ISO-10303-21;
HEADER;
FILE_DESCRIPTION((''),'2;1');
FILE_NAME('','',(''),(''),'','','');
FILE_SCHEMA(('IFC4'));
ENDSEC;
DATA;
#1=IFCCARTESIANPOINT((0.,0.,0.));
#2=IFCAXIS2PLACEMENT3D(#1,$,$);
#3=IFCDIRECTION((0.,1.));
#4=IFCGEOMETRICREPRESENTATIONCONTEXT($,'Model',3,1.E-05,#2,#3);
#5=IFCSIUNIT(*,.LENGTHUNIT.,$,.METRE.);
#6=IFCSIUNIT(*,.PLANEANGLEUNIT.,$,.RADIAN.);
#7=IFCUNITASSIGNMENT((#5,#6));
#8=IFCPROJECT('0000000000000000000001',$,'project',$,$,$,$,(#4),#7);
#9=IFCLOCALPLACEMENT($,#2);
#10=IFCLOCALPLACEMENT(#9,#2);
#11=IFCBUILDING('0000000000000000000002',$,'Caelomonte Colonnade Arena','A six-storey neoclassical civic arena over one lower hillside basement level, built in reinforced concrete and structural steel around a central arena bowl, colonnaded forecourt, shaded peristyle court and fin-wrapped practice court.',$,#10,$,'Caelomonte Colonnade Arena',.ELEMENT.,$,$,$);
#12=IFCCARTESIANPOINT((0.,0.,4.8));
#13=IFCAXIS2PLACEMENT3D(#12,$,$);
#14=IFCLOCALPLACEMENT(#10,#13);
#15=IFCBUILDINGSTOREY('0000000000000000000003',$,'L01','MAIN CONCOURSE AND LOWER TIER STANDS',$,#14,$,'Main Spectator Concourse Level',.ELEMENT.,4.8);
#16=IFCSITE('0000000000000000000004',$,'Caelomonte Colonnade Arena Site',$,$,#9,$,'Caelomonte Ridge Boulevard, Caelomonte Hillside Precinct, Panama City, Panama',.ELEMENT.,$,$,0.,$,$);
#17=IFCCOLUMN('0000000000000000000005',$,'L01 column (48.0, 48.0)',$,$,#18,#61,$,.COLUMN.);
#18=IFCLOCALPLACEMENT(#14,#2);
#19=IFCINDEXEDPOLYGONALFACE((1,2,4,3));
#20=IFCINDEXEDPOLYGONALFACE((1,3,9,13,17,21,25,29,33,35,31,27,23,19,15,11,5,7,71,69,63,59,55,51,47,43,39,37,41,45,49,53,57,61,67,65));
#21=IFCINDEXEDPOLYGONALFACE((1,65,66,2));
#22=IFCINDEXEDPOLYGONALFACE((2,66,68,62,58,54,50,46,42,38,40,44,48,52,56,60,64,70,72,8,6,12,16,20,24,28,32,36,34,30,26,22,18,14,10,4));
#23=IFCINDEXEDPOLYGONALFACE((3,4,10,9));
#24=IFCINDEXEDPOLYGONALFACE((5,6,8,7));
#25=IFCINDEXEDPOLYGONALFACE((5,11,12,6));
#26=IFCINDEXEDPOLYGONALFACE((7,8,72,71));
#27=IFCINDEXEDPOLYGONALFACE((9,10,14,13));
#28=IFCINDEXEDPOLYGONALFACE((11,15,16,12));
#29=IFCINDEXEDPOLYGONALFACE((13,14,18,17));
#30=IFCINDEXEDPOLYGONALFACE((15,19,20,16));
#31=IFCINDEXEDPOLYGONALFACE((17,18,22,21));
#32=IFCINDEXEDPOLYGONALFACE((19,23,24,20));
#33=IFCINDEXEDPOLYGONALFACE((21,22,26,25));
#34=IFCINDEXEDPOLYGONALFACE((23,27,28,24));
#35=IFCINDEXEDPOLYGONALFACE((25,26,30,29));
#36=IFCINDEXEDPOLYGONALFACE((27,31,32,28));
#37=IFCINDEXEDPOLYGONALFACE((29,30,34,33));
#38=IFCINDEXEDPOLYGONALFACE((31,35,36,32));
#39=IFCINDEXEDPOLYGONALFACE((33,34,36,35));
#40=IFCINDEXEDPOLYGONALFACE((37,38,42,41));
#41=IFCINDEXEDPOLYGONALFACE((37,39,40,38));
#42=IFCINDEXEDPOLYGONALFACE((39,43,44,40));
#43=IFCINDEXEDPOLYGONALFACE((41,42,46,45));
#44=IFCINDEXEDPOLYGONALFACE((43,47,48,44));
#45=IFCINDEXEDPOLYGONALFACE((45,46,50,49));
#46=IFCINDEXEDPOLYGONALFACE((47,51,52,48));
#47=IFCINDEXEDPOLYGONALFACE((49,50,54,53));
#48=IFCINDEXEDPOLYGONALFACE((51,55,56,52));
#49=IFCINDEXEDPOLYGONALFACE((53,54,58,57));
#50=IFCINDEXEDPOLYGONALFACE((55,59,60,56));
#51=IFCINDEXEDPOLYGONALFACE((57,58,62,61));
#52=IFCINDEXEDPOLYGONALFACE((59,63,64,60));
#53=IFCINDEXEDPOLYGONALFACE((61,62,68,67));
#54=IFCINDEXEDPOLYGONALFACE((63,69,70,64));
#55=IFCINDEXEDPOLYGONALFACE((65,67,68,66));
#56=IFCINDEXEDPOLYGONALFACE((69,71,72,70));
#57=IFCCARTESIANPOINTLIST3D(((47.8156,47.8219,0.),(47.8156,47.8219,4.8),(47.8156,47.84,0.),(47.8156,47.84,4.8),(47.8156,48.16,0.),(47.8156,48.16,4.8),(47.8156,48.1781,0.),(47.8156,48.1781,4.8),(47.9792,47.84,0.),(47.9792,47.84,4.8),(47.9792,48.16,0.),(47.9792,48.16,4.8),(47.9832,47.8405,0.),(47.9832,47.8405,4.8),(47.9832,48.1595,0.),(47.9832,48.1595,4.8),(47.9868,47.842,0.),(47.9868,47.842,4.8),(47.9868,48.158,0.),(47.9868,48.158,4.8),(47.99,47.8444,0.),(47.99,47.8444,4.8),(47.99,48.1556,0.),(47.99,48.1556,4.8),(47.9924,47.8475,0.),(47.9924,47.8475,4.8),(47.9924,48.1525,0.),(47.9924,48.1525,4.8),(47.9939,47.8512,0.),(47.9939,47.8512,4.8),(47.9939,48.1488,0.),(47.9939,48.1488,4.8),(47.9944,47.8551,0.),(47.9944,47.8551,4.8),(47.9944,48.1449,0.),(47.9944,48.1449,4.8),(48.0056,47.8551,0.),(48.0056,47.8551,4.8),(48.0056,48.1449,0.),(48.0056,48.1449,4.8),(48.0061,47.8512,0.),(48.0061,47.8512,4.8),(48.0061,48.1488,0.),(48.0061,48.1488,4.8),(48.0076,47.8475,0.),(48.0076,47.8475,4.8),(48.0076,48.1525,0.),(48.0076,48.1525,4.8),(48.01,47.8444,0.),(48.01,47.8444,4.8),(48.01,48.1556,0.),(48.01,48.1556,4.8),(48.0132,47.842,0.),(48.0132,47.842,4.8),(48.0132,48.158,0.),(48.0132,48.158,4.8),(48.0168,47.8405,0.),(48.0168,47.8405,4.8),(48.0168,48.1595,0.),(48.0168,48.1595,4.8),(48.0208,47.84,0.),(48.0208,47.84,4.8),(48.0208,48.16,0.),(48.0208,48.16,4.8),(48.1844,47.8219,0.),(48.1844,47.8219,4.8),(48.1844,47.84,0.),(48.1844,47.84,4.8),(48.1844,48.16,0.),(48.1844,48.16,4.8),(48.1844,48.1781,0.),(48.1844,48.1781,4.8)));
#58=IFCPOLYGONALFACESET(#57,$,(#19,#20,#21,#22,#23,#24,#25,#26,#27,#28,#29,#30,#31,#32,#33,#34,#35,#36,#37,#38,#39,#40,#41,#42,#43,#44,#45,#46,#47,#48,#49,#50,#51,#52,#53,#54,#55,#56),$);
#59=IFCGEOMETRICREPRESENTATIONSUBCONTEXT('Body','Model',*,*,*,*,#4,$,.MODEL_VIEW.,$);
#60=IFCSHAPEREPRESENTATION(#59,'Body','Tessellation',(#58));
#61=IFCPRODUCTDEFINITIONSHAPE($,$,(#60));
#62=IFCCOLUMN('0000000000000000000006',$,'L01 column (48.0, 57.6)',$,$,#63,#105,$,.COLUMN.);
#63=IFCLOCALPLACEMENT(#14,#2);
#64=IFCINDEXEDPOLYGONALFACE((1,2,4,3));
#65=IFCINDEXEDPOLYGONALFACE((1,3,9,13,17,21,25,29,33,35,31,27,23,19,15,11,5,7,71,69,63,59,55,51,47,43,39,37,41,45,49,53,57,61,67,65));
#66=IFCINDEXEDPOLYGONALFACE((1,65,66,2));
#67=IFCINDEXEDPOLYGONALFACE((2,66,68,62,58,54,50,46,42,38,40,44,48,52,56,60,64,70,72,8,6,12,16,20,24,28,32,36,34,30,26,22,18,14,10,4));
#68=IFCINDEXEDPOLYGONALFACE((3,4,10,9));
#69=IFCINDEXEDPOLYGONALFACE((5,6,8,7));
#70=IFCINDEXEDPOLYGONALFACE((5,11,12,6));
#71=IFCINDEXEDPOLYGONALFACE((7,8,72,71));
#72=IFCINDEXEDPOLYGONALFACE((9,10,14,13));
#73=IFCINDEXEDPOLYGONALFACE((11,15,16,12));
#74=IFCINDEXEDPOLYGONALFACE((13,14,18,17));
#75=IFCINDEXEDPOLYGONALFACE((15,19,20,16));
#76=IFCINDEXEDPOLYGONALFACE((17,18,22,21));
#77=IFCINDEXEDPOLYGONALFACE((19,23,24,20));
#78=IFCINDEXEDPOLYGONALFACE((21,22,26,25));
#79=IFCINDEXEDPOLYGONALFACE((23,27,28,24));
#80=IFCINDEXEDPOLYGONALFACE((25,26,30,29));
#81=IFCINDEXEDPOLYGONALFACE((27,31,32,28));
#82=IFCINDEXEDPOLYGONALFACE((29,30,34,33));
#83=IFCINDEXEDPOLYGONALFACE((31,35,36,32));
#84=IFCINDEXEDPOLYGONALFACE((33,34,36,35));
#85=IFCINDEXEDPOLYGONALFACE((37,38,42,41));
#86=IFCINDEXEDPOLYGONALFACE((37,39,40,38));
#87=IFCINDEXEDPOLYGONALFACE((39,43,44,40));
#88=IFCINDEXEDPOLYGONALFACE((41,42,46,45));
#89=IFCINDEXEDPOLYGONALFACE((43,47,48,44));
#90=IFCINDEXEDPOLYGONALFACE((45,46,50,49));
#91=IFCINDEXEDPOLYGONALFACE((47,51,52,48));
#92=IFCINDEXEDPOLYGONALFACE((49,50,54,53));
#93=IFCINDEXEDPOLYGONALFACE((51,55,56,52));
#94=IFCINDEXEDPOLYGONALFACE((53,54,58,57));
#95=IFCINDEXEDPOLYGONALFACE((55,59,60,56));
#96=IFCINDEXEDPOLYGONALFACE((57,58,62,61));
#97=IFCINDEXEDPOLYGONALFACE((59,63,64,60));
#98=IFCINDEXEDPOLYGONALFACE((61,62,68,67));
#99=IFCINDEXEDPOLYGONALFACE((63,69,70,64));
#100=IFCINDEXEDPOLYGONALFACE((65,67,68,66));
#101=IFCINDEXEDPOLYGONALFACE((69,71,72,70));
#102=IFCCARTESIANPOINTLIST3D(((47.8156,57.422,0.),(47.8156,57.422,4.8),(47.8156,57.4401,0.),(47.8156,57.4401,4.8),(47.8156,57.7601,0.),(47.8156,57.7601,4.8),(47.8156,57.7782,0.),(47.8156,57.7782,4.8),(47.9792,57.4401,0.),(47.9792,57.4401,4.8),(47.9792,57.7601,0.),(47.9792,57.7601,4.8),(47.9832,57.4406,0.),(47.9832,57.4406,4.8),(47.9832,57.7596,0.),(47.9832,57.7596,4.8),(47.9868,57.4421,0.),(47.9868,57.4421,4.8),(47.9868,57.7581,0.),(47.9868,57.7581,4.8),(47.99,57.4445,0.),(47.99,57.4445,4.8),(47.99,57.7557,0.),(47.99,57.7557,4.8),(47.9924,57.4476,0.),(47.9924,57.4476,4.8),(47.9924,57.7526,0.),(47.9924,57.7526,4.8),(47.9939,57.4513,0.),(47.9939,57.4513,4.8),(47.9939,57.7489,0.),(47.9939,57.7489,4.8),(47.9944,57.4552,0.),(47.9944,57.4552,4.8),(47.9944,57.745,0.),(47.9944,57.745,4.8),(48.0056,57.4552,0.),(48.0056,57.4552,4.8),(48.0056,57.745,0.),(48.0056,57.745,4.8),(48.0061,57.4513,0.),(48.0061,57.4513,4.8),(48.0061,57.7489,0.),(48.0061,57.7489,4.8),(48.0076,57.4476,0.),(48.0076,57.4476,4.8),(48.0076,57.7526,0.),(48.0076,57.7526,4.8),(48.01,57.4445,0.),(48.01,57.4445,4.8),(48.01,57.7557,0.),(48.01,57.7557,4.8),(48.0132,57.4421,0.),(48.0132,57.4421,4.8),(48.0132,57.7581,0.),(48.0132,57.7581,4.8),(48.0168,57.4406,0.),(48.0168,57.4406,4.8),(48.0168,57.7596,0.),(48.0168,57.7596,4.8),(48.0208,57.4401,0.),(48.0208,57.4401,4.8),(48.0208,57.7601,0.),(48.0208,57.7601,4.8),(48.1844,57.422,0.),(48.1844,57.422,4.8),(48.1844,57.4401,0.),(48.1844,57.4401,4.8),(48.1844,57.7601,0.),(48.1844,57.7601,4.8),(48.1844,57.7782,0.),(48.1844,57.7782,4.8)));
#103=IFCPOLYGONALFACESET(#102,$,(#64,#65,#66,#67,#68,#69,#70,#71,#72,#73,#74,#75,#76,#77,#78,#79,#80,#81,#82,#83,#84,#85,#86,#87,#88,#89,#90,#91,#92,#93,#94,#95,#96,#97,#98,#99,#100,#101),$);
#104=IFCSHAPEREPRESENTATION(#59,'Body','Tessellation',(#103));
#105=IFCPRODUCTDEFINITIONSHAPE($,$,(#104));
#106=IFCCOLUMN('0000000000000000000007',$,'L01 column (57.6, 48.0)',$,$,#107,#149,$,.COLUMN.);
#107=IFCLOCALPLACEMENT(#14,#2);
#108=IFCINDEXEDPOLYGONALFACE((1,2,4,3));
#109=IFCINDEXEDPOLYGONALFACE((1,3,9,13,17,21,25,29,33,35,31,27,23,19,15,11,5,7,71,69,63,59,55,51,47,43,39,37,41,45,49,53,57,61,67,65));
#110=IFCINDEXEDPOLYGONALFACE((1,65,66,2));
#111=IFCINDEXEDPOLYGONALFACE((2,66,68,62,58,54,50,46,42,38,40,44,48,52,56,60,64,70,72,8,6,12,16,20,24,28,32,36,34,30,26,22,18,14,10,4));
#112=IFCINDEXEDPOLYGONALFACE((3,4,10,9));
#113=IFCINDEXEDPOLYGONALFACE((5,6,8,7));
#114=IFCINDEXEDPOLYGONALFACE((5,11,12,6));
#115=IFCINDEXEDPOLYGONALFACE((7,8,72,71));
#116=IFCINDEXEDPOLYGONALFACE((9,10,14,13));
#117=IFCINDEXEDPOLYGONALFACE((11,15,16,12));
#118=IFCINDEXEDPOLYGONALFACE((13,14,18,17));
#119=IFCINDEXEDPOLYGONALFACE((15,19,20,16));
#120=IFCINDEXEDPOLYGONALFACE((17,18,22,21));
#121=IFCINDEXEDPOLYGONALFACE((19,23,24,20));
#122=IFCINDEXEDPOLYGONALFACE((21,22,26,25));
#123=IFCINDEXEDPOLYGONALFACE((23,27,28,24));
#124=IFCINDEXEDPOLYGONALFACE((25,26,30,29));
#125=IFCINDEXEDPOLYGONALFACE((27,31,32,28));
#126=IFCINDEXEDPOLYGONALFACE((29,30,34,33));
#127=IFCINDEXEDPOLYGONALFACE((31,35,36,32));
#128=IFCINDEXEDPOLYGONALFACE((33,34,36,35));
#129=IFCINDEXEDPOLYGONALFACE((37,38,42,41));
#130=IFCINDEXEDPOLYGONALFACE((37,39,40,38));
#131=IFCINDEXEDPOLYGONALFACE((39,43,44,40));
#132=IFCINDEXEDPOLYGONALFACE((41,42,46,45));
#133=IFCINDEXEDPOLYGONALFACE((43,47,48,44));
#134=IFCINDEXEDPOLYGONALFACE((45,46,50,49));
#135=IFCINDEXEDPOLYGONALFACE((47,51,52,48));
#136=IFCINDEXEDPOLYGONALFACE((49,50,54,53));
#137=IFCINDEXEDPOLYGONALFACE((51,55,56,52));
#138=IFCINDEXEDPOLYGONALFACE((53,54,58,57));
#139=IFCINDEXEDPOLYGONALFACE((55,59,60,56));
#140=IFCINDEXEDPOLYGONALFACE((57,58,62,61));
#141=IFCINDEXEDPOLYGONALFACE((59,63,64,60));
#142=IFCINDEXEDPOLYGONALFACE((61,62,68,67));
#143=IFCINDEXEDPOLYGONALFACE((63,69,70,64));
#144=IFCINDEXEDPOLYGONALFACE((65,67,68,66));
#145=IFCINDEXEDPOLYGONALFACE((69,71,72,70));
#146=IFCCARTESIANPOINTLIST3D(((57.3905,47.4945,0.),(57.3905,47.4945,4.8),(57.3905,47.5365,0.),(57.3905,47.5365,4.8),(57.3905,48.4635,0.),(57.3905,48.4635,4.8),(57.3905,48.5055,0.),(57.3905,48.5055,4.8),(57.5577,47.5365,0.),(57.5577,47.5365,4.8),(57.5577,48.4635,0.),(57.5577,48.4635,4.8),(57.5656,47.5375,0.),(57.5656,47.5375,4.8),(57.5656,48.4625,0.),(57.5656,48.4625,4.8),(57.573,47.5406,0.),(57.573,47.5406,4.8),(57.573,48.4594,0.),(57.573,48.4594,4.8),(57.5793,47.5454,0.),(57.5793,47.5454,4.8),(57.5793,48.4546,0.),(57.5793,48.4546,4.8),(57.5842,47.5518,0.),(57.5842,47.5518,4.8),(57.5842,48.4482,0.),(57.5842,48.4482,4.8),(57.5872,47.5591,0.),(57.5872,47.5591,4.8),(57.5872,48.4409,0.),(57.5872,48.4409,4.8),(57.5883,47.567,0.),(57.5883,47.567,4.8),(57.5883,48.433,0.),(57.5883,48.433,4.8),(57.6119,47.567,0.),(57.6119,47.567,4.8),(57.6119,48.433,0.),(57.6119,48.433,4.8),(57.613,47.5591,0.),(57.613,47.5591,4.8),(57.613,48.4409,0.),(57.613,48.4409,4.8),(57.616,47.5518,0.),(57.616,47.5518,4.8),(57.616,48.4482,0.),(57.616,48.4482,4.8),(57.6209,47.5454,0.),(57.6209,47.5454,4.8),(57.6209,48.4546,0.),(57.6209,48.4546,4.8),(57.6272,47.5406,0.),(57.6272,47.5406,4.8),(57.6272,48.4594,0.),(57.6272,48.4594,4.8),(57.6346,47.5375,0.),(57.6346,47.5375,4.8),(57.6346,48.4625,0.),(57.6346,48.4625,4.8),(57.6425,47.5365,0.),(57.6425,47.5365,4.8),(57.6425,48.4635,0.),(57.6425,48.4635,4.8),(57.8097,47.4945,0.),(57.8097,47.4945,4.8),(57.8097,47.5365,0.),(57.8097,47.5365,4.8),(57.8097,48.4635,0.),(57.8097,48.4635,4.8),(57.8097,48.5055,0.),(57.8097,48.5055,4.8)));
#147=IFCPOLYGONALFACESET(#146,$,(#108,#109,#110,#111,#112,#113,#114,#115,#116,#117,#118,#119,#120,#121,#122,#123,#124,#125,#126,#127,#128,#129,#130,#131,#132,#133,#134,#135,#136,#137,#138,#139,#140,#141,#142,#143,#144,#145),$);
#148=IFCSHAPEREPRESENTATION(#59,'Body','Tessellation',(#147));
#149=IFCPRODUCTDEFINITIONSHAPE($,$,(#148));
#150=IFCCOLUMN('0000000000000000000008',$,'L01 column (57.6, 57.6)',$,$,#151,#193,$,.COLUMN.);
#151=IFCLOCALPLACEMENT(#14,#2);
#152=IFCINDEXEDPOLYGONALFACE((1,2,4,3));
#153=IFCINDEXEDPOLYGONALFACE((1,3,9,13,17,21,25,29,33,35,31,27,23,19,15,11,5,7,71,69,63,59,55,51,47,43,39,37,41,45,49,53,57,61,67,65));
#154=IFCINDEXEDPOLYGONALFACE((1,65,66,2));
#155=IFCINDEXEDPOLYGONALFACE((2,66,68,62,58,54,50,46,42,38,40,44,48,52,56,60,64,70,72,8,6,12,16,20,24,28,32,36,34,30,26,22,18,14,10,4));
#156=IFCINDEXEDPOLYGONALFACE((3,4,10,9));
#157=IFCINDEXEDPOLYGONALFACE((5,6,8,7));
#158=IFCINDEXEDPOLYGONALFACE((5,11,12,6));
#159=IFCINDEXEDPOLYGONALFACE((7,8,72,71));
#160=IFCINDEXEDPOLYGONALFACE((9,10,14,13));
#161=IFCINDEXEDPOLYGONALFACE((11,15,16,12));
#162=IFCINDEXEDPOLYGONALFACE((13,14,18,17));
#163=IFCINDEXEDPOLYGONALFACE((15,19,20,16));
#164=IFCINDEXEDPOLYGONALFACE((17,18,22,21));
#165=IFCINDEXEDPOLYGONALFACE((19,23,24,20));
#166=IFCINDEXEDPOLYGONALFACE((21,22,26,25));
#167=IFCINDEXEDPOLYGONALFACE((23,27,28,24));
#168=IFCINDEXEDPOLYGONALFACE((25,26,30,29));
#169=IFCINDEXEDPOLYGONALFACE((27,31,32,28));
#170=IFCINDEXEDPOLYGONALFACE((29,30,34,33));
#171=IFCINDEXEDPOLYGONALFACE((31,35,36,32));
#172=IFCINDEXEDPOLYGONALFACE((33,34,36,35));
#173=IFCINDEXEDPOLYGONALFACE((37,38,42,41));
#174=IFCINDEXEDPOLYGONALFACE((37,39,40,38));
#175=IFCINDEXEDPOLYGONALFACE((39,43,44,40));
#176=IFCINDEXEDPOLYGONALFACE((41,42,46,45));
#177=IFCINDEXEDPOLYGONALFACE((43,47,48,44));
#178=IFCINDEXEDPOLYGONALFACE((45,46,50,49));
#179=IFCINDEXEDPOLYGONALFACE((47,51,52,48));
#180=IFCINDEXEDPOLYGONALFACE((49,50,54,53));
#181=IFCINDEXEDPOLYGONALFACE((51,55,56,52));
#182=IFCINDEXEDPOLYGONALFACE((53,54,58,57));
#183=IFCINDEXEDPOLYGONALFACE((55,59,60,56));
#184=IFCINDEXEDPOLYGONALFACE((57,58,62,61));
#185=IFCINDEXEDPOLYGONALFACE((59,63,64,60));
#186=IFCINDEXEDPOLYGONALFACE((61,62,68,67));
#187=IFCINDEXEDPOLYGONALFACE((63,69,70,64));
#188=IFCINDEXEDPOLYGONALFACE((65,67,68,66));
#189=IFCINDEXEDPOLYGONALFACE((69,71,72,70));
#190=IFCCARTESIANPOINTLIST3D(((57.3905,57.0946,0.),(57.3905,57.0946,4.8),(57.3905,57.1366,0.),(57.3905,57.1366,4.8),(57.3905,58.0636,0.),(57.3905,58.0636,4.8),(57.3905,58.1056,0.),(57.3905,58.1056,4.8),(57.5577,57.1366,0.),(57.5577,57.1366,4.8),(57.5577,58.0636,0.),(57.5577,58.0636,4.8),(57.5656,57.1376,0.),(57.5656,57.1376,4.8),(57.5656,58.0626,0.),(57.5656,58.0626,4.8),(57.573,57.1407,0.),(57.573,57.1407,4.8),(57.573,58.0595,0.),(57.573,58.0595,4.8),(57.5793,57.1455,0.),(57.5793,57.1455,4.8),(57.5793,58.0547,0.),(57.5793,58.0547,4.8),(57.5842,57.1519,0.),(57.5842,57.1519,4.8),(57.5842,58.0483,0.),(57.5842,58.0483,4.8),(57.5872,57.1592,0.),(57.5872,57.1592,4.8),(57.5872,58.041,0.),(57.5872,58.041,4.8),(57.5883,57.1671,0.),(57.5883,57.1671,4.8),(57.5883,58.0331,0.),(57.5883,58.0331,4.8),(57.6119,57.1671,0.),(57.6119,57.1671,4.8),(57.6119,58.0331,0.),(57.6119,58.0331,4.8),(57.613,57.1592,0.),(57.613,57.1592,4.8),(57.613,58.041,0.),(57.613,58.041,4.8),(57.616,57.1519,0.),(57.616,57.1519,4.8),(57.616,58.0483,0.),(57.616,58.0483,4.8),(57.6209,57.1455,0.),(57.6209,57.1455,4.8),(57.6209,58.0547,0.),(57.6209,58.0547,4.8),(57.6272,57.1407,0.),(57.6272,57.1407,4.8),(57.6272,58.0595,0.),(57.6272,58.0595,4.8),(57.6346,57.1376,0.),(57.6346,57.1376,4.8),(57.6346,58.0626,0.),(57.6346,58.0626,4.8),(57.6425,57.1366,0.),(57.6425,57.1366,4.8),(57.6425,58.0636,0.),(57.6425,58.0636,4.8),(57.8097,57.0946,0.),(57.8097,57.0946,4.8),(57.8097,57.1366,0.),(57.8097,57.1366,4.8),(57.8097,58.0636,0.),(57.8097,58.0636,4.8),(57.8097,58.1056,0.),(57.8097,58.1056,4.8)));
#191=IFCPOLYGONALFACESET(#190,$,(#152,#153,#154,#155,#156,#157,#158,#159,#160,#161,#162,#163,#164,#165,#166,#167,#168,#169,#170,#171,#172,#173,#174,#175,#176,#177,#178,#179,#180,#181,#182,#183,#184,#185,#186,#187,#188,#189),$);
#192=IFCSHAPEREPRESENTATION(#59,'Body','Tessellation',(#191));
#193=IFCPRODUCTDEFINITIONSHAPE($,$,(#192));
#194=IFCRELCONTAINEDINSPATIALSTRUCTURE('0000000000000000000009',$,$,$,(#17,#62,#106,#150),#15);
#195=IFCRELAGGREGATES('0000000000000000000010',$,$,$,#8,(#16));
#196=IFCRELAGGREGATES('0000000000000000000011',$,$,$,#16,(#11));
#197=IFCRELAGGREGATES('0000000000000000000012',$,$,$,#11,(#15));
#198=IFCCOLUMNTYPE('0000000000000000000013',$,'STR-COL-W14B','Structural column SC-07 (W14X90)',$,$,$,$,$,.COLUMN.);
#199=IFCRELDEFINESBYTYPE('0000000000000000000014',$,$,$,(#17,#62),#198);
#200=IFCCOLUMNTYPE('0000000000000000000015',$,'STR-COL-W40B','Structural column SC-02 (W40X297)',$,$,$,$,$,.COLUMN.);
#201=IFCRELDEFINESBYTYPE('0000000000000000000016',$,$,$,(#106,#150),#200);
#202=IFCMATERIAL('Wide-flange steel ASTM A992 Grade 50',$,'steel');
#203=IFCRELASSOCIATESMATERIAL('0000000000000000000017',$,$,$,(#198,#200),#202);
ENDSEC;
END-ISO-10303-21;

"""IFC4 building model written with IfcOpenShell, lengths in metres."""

from ifc_helpers import new_model, si_unit, direction, frame, origin, origin_2d, place, context, subcontext, project, spatial, i_section, extrude, material, material_profile, profile_set, type_object, element, save


model = new_model("IFC4")

# Units and contexts
model_context = context("Model", 3, precision=1e-05, world=origin(), true_north=direction((0.0, 1.0)))
body_context = subcontext(model_context, "Body", "Model", "MODEL_VIEW")
ifc_project = project(units=[si_unit("LENGTHUNIT", "METRE"), si_unit("PLANEANGLEUNIT", "RADIAN")], contexts=[model_context])

# Site, building, storey
site_placement = place(None, origin())
site = spatial("IfcSite", under=ifc_project, at=site_placement, Name="Caelomonte Colonnade Arena Site", LongName="Caelomonte Ridge Boulevard, Caelomonte Hillside Precinct, Panama City, Panama", CompositionType="ELEMENT", RefElevation=0.0)
building_placement = place(site_placement, origin())
building = spatial("IfcBuilding", under=site, at=building_placement, Name="Caelomonte Colonnade Arena", Description="A six-storey neoclassical civic arena over one lower hillside basement level, built in reinforced concrete and structural steel around a central arena bowl, colonnaded forecourt, shaded peristyle court and fin-wrapped practice court.", LongName="Caelomonte Colonnade Arena", CompositionType="ELEMENT")
storey_placement = place(building_placement, frame((0.0, 0.0, 4.8)))
storey = spatial("IfcBuildingStorey", under=building, at=storey_placement, Name="L01", Description="MAIN CONCOURSE AND LOWER TIER STANDS", LongName="Main Spectator Concourse Level", CompositionType="ELEMENT", Elevation=4.8)

# Columns
ifc_material_1 = material(Name="Wide-flange steel ASTM A992 Grade 50", Category="steel")
ifc_material_profile_1 = material_profile(ifc_material_1, i_section(OverallWidth=0.3689, OverallDepth=0.3562, WebThickness=0.0112, FlangeThickness=0.0181, FilletRadius=0.0151, at=origin_2d()), Name="W14X90")
ifc_profile_set_1 = profile_set([ifc_material_profile_1], Name="Wide-flange steel ASTM A992 Grade 50")
column_type_1 = type_object("IfcColumnType", Name="STR-COL-W14B", Description="Structural column SC-07 (W14X90)", PredefinedType="COLUMN", material=ifc_profile_set_1)
for number, where, z_axis, x_axis, name in (
    (1, (48.0, 48.0, 0.0), (0.0, 0.0, 1.0), (1.0, 0.0, 0.0), "L01 column (48.0, 48.0)"),
    (2, (48.0, 57.6001, 0.0), (0.0, 0.0, 1.0), (1.0, 0.0, 0.0), "L01 column (48.0, 57.6)"),
):
    element("IfcColumn", number, at=place(storey_placement, frame(where, z_axis=z_axis, x_axis=x_axis)), inside=storey, type_object=column_type_1, Name=name, PredefinedType="COLUMN", context=body_context, shape_type="SweptSolid", body=[
        extrude(i_section(OverallWidth=0.3689, OverallDepth=0.3562, WebThickness=0.0112, FlangeThickness=0.0181, FilletRadius=0.0151, at=origin_2d()), origin(), (0.0, 0.0, 1.0), 4.8),
    ])
ifc_material_profile_2 = material_profile(ifc_material_1, i_section(OverallWidth=0.4192, OverallDepth=1.011, WebThickness=0.0237, FlangeThickness=0.042, FilletRadius=0.0305, at=origin_2d()), Name="W40X297")
ifc_profile_set_2 = profile_set([ifc_material_profile_2], Name="Wide-flange steel ASTM A992 Grade 50")
column_type_2 = type_object("IfcColumnType", Name="STR-COL-W40B", Description="Structural column SC-02 (W40X297)", PredefinedType="COLUMN", material=ifc_profile_set_2)
for number, where, z_axis, x_axis, name in (
    (3, (57.6001, 48.0, 0.0), (0.0, 0.0, 1.0), (1.0, 0.0, 0.0), "L01 column (57.6, 48.0)"),
    (4, (57.6001, 57.6001, 0.0), (0.0, 0.0, 1.0), (1.0, 0.0, 0.0), "L01 column (57.6, 57.6)"),
):
    element("IfcColumn", number, at=place(storey_placement, frame(where, z_axis=z_axis, x_axis=x_axis)), inside=storey, type_object=column_type_2, Name=name, PredefinedType="COLUMN", context=body_context, shape_type="SweptSolid", body=[
        extrude(i_section(OverallWidth=0.4192, OverallDepth=1.011, WebThickness=0.0237, FlangeThickness=0.042, FilletRadius=0.0305, at=origin_2d()), origin(), (0.0, 0.0, 1.0), 4.8),
    ])

save(model, "model.ifc")
